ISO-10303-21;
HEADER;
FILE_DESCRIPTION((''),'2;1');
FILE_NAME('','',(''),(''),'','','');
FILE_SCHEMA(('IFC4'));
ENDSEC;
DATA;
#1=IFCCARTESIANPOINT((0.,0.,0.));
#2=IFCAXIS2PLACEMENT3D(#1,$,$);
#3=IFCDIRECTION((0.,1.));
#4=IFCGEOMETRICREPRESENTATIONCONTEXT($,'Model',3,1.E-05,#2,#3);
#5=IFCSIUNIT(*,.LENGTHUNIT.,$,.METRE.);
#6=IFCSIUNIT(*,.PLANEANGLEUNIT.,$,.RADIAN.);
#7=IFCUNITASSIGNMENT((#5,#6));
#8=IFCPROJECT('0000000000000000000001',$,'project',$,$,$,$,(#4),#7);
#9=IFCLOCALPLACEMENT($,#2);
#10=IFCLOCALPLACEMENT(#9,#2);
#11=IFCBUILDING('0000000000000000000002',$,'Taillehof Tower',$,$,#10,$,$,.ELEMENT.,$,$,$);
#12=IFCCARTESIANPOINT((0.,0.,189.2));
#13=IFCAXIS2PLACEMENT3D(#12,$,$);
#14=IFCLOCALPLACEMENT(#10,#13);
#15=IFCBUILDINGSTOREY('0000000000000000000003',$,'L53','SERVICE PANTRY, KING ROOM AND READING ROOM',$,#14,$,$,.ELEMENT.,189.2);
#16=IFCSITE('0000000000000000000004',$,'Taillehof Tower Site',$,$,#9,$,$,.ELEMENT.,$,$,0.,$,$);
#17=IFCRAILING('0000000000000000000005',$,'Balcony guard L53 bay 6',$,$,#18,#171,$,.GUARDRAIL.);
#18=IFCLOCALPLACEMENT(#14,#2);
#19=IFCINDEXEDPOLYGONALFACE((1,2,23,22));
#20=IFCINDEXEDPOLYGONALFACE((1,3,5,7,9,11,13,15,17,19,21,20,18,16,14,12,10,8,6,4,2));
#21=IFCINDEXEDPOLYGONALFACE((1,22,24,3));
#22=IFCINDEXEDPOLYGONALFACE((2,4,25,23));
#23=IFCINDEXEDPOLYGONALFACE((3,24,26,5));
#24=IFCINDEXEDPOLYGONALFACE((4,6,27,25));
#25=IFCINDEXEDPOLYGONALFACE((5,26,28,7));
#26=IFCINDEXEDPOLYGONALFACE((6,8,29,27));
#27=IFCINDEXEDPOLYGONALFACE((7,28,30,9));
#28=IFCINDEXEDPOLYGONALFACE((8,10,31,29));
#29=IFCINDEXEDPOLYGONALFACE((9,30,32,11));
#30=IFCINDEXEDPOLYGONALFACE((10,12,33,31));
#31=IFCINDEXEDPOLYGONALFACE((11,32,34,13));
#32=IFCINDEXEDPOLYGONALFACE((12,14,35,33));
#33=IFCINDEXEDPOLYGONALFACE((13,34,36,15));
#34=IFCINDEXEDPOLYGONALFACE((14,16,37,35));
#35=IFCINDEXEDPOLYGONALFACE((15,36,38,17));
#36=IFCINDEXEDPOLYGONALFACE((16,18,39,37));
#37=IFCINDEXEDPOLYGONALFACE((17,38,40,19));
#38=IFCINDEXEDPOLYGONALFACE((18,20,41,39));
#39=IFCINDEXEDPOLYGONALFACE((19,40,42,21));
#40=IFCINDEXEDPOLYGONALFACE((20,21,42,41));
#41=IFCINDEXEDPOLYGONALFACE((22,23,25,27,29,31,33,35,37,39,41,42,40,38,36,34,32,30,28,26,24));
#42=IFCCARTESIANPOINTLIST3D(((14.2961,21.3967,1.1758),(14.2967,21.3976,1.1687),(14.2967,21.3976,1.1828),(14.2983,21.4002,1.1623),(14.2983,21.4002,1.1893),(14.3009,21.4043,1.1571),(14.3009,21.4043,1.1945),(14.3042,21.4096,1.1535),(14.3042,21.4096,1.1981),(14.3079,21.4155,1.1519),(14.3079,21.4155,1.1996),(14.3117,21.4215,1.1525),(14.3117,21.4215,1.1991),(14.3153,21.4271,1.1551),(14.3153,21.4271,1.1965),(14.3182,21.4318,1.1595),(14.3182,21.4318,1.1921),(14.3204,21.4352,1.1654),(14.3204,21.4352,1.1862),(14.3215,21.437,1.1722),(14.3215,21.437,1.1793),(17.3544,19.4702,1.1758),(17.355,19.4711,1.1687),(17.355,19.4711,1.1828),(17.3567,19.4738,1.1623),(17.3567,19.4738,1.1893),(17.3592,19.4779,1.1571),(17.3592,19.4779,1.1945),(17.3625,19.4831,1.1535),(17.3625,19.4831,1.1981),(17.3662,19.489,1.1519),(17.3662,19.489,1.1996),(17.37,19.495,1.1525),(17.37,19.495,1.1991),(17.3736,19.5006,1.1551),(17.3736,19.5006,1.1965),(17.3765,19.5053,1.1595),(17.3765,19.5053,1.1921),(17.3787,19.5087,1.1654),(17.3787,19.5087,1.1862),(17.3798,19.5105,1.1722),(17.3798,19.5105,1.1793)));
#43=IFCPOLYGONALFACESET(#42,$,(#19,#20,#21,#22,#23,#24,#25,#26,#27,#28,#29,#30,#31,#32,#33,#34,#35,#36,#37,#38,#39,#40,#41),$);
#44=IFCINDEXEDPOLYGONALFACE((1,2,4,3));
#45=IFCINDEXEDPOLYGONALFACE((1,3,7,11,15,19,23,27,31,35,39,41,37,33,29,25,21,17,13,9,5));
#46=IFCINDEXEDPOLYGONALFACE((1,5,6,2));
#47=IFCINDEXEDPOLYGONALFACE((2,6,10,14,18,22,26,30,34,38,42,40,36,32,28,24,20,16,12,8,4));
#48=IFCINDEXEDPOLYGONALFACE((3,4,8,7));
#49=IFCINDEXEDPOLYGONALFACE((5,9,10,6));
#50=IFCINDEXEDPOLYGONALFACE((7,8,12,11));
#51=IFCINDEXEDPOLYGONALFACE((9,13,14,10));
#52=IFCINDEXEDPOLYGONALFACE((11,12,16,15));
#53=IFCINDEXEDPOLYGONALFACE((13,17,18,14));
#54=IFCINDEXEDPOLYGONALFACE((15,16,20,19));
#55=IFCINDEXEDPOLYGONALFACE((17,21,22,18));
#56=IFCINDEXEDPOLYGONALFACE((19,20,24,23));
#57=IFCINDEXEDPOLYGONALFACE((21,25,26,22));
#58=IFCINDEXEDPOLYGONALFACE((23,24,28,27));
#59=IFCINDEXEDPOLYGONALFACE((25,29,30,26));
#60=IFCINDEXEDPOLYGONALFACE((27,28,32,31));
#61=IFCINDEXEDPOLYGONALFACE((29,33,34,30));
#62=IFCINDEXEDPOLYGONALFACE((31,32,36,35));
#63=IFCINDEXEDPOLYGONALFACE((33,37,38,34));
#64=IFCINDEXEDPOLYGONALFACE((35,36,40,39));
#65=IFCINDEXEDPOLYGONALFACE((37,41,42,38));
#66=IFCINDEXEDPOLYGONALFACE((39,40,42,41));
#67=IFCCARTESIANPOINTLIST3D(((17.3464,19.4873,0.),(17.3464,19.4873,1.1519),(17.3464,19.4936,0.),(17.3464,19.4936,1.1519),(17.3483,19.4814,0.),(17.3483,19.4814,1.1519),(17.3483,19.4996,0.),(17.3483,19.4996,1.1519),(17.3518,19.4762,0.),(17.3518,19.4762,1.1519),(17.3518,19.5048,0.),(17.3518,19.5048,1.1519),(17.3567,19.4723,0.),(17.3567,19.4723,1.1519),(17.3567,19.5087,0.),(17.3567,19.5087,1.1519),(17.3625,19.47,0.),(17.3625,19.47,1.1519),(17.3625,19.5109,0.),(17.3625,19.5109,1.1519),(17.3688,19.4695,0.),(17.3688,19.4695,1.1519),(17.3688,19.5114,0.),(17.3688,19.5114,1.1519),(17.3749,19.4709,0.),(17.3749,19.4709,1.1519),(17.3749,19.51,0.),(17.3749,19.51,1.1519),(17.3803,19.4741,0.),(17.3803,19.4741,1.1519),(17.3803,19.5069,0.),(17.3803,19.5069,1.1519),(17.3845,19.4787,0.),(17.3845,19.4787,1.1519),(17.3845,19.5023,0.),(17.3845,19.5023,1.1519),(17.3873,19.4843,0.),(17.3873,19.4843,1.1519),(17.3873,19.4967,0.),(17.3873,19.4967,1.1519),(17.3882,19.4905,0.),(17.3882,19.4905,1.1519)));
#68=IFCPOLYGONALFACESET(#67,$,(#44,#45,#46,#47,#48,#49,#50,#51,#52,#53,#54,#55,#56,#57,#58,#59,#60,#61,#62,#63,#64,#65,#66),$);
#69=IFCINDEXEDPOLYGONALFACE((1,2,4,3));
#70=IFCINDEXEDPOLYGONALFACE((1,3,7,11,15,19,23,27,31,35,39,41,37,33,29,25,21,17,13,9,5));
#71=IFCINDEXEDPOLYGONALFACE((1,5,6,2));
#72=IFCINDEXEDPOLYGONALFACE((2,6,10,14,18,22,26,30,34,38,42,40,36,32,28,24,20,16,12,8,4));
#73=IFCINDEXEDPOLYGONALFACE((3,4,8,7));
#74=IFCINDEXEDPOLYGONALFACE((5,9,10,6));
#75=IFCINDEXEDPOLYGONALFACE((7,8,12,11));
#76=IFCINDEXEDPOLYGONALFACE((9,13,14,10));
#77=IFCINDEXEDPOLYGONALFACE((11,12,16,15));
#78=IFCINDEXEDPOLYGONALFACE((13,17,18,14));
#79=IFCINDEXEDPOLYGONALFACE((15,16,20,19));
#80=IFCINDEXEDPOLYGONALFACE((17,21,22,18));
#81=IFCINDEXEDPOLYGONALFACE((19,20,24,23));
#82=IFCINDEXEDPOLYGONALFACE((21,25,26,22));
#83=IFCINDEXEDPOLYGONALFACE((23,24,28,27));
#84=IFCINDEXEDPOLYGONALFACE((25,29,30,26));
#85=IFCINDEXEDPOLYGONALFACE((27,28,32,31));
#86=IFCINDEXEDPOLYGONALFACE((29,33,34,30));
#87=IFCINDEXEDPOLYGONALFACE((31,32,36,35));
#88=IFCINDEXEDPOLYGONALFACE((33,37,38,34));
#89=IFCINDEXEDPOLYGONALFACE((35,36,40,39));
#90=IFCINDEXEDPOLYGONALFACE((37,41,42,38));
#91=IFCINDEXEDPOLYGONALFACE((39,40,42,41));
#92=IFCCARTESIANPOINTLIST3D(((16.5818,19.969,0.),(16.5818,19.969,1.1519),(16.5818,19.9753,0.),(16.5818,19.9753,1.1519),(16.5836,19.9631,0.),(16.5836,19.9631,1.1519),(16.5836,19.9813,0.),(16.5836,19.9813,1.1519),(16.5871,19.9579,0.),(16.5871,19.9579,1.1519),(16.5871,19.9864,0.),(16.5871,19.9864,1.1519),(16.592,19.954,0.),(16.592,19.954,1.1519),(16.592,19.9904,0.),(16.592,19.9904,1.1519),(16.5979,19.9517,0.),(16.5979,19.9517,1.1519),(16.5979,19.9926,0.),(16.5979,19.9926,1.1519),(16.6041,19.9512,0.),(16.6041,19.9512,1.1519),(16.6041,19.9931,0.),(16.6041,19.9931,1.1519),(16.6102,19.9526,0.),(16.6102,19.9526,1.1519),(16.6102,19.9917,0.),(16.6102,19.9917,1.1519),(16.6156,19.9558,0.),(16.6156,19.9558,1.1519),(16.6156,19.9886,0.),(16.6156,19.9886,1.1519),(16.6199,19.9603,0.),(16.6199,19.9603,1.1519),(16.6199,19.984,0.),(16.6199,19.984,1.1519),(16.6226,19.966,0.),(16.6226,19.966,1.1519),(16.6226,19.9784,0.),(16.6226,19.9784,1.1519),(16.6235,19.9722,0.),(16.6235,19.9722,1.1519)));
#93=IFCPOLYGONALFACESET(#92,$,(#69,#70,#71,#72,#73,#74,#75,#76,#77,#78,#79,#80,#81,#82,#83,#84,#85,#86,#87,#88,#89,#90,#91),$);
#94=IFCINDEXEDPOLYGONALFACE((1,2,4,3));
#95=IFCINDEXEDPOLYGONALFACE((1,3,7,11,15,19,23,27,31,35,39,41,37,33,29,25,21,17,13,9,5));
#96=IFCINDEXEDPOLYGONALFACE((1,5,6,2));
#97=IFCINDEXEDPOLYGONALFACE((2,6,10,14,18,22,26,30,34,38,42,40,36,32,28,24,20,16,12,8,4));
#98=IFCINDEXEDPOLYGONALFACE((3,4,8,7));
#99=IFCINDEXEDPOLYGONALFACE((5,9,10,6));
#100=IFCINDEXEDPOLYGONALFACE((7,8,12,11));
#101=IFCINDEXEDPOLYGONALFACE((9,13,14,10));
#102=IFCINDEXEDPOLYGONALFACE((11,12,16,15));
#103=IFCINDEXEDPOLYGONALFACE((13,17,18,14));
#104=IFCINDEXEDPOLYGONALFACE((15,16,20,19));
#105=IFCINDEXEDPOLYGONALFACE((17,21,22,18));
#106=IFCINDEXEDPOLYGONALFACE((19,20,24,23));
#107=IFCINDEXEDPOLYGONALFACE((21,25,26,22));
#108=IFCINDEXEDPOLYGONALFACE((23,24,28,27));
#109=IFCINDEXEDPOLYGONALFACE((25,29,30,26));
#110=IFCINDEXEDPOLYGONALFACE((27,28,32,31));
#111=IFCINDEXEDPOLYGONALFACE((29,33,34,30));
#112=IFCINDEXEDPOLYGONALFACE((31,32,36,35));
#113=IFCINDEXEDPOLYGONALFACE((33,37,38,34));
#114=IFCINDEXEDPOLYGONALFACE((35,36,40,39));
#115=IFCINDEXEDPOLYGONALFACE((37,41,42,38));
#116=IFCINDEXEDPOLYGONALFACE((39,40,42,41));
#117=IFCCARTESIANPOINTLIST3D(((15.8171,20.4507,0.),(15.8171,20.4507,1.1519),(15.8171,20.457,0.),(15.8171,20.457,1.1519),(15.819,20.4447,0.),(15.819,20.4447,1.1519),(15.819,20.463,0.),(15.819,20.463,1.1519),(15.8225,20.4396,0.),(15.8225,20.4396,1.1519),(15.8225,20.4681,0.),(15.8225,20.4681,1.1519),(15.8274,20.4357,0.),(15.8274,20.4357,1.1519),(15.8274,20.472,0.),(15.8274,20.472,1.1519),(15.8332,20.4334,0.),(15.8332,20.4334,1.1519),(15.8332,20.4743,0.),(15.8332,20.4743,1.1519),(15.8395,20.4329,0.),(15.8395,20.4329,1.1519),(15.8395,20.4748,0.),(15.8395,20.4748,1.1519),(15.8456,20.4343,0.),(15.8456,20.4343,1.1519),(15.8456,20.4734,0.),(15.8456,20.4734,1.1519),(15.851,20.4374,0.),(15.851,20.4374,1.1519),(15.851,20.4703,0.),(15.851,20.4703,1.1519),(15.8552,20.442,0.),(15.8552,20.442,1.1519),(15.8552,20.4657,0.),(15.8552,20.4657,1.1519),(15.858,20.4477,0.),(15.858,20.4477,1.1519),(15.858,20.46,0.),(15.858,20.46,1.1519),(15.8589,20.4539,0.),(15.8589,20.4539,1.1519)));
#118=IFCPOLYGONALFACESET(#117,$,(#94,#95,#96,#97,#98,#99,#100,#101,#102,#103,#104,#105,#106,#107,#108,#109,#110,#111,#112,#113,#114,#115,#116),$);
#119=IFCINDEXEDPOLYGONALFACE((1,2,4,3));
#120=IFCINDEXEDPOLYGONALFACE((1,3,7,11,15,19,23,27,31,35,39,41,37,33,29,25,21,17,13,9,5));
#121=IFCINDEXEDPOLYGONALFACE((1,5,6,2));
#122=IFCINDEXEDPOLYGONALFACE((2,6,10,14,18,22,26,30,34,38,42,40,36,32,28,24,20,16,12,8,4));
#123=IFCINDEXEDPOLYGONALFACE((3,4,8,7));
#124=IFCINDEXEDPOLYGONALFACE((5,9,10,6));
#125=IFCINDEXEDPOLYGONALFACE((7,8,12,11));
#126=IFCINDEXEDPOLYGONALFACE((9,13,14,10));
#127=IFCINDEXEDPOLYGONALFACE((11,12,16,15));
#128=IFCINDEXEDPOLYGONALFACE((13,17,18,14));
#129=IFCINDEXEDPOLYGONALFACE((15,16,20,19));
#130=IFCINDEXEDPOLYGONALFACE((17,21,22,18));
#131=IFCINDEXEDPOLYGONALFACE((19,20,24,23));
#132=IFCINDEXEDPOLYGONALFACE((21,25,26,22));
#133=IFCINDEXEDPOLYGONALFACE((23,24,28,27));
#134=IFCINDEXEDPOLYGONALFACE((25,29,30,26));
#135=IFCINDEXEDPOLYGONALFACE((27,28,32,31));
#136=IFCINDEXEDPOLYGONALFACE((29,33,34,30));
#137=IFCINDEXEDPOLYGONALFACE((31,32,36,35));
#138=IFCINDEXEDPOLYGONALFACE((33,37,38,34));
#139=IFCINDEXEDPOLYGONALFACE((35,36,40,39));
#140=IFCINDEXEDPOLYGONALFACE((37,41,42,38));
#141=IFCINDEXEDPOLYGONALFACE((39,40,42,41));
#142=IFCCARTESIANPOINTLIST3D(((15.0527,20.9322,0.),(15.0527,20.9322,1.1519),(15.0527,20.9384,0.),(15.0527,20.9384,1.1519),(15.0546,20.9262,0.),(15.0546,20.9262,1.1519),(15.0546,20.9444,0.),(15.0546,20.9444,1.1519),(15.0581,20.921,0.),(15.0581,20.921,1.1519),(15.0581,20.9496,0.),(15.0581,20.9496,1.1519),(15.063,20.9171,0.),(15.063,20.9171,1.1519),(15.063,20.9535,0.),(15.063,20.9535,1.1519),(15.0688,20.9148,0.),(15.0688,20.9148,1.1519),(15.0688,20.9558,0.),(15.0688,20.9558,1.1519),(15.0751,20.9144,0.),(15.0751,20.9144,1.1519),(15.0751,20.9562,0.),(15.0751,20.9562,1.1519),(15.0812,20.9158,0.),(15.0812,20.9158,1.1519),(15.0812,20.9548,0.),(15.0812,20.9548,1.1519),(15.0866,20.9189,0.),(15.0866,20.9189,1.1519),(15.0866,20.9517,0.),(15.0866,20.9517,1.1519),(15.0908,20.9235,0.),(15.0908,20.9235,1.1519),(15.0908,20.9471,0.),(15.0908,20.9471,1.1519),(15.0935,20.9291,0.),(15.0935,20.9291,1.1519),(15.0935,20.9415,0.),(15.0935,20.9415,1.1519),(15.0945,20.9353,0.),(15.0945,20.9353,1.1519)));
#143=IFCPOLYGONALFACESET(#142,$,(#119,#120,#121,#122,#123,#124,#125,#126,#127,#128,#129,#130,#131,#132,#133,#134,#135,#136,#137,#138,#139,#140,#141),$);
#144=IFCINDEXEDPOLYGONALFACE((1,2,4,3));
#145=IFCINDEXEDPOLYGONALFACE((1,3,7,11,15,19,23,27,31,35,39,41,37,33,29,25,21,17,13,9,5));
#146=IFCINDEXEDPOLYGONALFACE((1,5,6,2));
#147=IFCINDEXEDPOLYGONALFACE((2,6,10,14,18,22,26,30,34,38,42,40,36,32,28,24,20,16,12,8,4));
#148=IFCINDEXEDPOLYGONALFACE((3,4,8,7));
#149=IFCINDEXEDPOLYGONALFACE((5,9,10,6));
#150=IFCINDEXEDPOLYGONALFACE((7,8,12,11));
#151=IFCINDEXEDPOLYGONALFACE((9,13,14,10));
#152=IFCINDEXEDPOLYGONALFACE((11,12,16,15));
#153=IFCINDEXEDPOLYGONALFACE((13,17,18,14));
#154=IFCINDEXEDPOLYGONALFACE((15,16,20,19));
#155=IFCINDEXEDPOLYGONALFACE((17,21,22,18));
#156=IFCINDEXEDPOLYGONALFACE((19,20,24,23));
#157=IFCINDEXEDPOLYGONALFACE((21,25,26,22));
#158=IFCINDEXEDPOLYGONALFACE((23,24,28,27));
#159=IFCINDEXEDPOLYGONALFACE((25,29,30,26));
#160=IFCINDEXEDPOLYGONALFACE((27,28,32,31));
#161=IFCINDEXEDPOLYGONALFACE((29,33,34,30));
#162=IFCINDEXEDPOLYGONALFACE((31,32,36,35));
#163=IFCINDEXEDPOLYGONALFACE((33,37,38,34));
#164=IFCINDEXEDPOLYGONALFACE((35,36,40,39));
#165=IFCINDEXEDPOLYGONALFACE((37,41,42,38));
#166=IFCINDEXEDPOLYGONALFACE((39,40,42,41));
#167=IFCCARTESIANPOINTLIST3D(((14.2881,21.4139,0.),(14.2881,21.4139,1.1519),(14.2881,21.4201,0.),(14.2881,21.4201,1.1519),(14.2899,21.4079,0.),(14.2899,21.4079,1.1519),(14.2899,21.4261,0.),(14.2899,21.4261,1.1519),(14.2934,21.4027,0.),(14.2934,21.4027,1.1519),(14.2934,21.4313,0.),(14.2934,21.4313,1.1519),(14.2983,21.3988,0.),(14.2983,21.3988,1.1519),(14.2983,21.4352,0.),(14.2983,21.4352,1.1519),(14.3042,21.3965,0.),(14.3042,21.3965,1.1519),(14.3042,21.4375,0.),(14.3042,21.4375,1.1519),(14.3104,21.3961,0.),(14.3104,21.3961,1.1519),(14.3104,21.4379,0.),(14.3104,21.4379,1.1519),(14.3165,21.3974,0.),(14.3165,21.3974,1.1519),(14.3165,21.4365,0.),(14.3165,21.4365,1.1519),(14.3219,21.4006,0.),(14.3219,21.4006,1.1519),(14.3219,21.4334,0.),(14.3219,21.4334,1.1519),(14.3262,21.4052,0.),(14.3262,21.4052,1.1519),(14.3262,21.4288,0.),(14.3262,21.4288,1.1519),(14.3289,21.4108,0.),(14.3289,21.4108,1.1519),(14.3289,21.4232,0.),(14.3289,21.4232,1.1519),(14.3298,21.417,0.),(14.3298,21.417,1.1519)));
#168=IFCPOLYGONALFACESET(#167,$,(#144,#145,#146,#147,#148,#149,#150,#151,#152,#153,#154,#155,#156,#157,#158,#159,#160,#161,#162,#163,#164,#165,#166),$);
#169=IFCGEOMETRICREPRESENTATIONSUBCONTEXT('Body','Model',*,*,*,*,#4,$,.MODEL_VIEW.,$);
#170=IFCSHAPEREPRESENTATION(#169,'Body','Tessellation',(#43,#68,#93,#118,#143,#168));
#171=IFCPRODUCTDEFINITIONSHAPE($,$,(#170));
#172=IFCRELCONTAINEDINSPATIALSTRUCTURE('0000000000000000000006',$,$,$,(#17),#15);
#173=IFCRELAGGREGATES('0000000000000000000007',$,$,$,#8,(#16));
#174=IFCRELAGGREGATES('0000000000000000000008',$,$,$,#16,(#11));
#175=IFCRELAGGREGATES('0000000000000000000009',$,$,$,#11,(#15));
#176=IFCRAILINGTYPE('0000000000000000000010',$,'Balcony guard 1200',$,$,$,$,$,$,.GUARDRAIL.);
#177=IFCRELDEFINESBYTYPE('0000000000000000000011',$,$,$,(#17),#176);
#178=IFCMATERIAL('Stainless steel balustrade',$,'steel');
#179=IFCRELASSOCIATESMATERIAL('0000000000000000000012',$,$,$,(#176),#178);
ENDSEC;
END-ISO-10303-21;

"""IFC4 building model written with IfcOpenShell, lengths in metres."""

from ifc_helpers import new_model, si_unit, direction, frame, origin, origin_2d, place, context, subcontext, project, spatial, circle, extrude, material, type_object, element, save


model = new_model("IFC4")

# Units and contexts
model_context = context("Model", 3, precision=1e-05, world=origin(), true_north=direction((0.0, 1.0)))
body_context = subcontext(model_context, "Body", "Model", "MODEL_VIEW")
ifc_project = project(units=[si_unit("LENGTHUNIT", "METRE"), si_unit("PLANEANGLEUNIT", "RADIAN")], contexts=[model_context])

# Site, building, storey
site_placement = place(None, origin())
site = spatial("IfcSite", under=ifc_project, at=site_placement, Name="Taillehof Tower Site", CompositionType="ELEMENT", RefElevation=0.0)
building_placement = place(site_placement, origin())
building = spatial("IfcBuilding", under=site, at=building_placement, Name="Taillehof Tower", CompositionType="ELEMENT")
storey_placement = place(building_placement, frame((0.0, 0.0, 189.2)))
storey = spatial("IfcBuildingStorey", under=building, at=storey_placement, Name="L53", Description="SERVICE PANTRY, KING ROOM AND READING ROOM", CompositionType="ELEMENT", Elevation=189.2)

# Railing
ifc_material_1 = material(Name="Stainless steel balustrade", Category="steel")
railing_type = type_object("IfcRailingType", Name="Balcony guard 1200", PredefinedType="GUARDRAIL", material=ifc_material_1)
railing_1_placement = place(storey_placement, frame((17.3672, 19.4905, 0.0)))
element("IfcRailing", 1, at=railing_1_placement, inside=storey, type_object=railing_type, Name="Balcony guard L53 bay 6", PredefinedType="GUARDRAIL", context=body_context, shape_type="SweptSolid", body=[
    extrude(circle(Radius=0.0239, at=origin_2d()), frame((0.0, 0.0, 1.1758), z_axis=(-0.846122, 0.532989, 0.0), x_axis=(-0.532989, -0.846122, 0.0)), (0.0, 0.0, 1.0), 3.6145),
    extrude(circle(Radius=0.021, at=origin_2d()), origin(), (0.0, 0.0, 1.0), 1.1519),
    extrude(circle(Radius=0.021, at=origin_2d()), frame((-0.7646, 0.4817, 0.0)), (0.0, 0.0, 1.0), 1.1519),
    extrude(circle(Radius=0.021, at=origin_2d()), frame((-1.5293, 0.9634, 0.0)), (0.0, 0.0, 1.0), 1.1519),
    extrude(circle(Radius=0.021, at=origin_2d()), frame((-2.2937, 1.4448, 0.0)), (0.0, 0.0, 1.0), 1.1519),
    extrude(circle(Radius=0.021, at=origin_2d()), frame((-3.0583, 1.9265, 0.0)), (0.0, 0.0, 1.0), 1.1519),
])

save(model, "model.ifc")
